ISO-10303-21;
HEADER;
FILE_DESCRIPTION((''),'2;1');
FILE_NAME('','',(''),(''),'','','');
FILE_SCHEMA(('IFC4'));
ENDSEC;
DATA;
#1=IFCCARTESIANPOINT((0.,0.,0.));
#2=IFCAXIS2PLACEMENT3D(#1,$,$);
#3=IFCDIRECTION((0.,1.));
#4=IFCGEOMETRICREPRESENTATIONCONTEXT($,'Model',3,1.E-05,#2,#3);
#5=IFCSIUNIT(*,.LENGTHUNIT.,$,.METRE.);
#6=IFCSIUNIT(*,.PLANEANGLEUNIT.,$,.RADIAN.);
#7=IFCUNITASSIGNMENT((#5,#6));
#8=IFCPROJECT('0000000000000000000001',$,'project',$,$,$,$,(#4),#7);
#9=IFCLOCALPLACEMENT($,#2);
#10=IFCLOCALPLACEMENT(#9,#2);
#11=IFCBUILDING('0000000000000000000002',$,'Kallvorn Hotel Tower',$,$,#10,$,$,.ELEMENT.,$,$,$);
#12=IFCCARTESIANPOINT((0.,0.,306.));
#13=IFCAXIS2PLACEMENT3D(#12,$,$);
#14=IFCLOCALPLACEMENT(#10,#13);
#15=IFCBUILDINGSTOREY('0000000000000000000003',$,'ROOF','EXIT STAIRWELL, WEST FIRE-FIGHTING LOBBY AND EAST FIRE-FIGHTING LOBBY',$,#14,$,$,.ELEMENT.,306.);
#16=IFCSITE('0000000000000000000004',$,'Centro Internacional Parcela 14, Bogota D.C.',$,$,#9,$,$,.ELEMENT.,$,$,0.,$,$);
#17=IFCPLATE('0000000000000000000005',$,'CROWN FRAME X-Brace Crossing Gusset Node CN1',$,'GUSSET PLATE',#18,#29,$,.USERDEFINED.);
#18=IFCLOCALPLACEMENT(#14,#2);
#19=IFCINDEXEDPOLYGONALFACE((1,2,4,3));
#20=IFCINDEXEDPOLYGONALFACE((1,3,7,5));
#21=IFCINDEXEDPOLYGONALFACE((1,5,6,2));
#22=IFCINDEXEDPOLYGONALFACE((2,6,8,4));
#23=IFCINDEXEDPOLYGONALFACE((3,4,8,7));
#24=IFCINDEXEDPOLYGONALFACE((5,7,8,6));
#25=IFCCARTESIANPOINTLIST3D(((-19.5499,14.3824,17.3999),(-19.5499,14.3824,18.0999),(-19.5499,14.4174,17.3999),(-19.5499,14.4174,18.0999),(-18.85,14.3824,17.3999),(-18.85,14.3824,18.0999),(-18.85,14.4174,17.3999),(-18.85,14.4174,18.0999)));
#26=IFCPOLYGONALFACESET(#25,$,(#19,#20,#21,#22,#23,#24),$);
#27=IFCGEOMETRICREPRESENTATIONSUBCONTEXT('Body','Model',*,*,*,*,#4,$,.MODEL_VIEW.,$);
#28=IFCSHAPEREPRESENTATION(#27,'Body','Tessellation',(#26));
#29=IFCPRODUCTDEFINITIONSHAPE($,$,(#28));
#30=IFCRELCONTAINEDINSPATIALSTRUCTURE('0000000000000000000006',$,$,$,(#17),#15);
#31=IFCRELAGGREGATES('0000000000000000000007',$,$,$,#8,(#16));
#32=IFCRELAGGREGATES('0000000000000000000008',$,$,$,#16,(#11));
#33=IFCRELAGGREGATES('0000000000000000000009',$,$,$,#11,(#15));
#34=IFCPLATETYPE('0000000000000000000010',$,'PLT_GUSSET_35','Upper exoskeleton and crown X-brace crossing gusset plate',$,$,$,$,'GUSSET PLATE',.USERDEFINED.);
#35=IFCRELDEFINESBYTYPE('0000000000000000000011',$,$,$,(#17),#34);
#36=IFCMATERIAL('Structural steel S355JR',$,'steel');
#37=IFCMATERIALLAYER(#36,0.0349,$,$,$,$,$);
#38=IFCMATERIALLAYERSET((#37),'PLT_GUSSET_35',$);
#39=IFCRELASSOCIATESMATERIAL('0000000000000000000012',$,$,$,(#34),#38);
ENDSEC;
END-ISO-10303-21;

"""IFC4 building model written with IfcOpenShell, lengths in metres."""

from ifc_helpers import new_model, si_unit, direction, frame, origin, origin_2d, place, context, subcontext, project, spatial, rectangle, extrude, material, layer, layer_set, type_object, element, save


model = new_model("IFC4")

# Units and contexts
model_context = context("Model", 3, precision=1e-05, world=origin(), true_north=direction((0.0, 1.0)))
body_context = subcontext(model_context, "Body", "Model", "MODEL_VIEW")
ifc_project = project(units=[si_unit("LENGTHUNIT", "METRE"), si_unit("PLANEANGLEUNIT", "RADIAN")], contexts=[model_context])

# Site, building, storey
site_placement = place(None, origin())
site = spatial("IfcSite", under=ifc_project, at=site_placement, Name="Centro Internacional Parcela 14, Bogota D.C.", CompositionType="ELEMENT", RefElevation=0.0)
building_placement = place(site_placement, origin())
building = spatial("IfcBuilding", under=site, at=building_placement, Name="Kallvorn Hotel Tower", CompositionType="ELEMENT")
storey_placement = place(building_placement, frame((0.0, 0.0, 306.0)))
storey = spatial("IfcBuildingStorey", under=building, at=storey_placement, Name="ROOF", Description="EXIT STAIRWELL, WEST FIRE-FIGHTING LOBBY AND EAST FIRE-FIGHTING LOBBY", CompositionType="ELEMENT", Elevation=306.0)

# Plate
ifc_material_1 = material(Name="Structural steel S355JR", Category="steel")
ifc_layer_1 = layer(ifc_material_1, 0.0349)
ifc_layer_set_1 = layer_set([ifc_layer_1], Name="PLT_GUSSET_35")
plate_type_1 = type_object("IfcPlateType", Name="PLT_GUSSET_35", Description="Upper exoskeleton and crown X-brace crossing gusset plate", ElementType="GUSSET PLATE", PredefinedType="USERDEFINED", material=ifc_layer_set_1)
plate_1_placement = place(storey_placement, frame((-19.2, 14.3999, 17.3999), z_axis=(0.0, 0.0, 1.0), x_axis=(1.0, 0.0, 0.0)))
element("IfcPlate", 1, at=plate_1_placement, inside=storey, type_object=plate_type_1, Name="CROWN FRAME X-Brace Crossing Gusset Node CN1", ObjectType="GUSSET PLATE", PredefinedType="USERDEFINED", context=body_context, shape_type="SweptSolid", body=[
    extrude(rectangle(XDim=0.7, YDim=0.0349, at=origin_2d()), origin(), (0.0, 0.0, 1.0), 0.7),
])

save(model, "model.ifc")
